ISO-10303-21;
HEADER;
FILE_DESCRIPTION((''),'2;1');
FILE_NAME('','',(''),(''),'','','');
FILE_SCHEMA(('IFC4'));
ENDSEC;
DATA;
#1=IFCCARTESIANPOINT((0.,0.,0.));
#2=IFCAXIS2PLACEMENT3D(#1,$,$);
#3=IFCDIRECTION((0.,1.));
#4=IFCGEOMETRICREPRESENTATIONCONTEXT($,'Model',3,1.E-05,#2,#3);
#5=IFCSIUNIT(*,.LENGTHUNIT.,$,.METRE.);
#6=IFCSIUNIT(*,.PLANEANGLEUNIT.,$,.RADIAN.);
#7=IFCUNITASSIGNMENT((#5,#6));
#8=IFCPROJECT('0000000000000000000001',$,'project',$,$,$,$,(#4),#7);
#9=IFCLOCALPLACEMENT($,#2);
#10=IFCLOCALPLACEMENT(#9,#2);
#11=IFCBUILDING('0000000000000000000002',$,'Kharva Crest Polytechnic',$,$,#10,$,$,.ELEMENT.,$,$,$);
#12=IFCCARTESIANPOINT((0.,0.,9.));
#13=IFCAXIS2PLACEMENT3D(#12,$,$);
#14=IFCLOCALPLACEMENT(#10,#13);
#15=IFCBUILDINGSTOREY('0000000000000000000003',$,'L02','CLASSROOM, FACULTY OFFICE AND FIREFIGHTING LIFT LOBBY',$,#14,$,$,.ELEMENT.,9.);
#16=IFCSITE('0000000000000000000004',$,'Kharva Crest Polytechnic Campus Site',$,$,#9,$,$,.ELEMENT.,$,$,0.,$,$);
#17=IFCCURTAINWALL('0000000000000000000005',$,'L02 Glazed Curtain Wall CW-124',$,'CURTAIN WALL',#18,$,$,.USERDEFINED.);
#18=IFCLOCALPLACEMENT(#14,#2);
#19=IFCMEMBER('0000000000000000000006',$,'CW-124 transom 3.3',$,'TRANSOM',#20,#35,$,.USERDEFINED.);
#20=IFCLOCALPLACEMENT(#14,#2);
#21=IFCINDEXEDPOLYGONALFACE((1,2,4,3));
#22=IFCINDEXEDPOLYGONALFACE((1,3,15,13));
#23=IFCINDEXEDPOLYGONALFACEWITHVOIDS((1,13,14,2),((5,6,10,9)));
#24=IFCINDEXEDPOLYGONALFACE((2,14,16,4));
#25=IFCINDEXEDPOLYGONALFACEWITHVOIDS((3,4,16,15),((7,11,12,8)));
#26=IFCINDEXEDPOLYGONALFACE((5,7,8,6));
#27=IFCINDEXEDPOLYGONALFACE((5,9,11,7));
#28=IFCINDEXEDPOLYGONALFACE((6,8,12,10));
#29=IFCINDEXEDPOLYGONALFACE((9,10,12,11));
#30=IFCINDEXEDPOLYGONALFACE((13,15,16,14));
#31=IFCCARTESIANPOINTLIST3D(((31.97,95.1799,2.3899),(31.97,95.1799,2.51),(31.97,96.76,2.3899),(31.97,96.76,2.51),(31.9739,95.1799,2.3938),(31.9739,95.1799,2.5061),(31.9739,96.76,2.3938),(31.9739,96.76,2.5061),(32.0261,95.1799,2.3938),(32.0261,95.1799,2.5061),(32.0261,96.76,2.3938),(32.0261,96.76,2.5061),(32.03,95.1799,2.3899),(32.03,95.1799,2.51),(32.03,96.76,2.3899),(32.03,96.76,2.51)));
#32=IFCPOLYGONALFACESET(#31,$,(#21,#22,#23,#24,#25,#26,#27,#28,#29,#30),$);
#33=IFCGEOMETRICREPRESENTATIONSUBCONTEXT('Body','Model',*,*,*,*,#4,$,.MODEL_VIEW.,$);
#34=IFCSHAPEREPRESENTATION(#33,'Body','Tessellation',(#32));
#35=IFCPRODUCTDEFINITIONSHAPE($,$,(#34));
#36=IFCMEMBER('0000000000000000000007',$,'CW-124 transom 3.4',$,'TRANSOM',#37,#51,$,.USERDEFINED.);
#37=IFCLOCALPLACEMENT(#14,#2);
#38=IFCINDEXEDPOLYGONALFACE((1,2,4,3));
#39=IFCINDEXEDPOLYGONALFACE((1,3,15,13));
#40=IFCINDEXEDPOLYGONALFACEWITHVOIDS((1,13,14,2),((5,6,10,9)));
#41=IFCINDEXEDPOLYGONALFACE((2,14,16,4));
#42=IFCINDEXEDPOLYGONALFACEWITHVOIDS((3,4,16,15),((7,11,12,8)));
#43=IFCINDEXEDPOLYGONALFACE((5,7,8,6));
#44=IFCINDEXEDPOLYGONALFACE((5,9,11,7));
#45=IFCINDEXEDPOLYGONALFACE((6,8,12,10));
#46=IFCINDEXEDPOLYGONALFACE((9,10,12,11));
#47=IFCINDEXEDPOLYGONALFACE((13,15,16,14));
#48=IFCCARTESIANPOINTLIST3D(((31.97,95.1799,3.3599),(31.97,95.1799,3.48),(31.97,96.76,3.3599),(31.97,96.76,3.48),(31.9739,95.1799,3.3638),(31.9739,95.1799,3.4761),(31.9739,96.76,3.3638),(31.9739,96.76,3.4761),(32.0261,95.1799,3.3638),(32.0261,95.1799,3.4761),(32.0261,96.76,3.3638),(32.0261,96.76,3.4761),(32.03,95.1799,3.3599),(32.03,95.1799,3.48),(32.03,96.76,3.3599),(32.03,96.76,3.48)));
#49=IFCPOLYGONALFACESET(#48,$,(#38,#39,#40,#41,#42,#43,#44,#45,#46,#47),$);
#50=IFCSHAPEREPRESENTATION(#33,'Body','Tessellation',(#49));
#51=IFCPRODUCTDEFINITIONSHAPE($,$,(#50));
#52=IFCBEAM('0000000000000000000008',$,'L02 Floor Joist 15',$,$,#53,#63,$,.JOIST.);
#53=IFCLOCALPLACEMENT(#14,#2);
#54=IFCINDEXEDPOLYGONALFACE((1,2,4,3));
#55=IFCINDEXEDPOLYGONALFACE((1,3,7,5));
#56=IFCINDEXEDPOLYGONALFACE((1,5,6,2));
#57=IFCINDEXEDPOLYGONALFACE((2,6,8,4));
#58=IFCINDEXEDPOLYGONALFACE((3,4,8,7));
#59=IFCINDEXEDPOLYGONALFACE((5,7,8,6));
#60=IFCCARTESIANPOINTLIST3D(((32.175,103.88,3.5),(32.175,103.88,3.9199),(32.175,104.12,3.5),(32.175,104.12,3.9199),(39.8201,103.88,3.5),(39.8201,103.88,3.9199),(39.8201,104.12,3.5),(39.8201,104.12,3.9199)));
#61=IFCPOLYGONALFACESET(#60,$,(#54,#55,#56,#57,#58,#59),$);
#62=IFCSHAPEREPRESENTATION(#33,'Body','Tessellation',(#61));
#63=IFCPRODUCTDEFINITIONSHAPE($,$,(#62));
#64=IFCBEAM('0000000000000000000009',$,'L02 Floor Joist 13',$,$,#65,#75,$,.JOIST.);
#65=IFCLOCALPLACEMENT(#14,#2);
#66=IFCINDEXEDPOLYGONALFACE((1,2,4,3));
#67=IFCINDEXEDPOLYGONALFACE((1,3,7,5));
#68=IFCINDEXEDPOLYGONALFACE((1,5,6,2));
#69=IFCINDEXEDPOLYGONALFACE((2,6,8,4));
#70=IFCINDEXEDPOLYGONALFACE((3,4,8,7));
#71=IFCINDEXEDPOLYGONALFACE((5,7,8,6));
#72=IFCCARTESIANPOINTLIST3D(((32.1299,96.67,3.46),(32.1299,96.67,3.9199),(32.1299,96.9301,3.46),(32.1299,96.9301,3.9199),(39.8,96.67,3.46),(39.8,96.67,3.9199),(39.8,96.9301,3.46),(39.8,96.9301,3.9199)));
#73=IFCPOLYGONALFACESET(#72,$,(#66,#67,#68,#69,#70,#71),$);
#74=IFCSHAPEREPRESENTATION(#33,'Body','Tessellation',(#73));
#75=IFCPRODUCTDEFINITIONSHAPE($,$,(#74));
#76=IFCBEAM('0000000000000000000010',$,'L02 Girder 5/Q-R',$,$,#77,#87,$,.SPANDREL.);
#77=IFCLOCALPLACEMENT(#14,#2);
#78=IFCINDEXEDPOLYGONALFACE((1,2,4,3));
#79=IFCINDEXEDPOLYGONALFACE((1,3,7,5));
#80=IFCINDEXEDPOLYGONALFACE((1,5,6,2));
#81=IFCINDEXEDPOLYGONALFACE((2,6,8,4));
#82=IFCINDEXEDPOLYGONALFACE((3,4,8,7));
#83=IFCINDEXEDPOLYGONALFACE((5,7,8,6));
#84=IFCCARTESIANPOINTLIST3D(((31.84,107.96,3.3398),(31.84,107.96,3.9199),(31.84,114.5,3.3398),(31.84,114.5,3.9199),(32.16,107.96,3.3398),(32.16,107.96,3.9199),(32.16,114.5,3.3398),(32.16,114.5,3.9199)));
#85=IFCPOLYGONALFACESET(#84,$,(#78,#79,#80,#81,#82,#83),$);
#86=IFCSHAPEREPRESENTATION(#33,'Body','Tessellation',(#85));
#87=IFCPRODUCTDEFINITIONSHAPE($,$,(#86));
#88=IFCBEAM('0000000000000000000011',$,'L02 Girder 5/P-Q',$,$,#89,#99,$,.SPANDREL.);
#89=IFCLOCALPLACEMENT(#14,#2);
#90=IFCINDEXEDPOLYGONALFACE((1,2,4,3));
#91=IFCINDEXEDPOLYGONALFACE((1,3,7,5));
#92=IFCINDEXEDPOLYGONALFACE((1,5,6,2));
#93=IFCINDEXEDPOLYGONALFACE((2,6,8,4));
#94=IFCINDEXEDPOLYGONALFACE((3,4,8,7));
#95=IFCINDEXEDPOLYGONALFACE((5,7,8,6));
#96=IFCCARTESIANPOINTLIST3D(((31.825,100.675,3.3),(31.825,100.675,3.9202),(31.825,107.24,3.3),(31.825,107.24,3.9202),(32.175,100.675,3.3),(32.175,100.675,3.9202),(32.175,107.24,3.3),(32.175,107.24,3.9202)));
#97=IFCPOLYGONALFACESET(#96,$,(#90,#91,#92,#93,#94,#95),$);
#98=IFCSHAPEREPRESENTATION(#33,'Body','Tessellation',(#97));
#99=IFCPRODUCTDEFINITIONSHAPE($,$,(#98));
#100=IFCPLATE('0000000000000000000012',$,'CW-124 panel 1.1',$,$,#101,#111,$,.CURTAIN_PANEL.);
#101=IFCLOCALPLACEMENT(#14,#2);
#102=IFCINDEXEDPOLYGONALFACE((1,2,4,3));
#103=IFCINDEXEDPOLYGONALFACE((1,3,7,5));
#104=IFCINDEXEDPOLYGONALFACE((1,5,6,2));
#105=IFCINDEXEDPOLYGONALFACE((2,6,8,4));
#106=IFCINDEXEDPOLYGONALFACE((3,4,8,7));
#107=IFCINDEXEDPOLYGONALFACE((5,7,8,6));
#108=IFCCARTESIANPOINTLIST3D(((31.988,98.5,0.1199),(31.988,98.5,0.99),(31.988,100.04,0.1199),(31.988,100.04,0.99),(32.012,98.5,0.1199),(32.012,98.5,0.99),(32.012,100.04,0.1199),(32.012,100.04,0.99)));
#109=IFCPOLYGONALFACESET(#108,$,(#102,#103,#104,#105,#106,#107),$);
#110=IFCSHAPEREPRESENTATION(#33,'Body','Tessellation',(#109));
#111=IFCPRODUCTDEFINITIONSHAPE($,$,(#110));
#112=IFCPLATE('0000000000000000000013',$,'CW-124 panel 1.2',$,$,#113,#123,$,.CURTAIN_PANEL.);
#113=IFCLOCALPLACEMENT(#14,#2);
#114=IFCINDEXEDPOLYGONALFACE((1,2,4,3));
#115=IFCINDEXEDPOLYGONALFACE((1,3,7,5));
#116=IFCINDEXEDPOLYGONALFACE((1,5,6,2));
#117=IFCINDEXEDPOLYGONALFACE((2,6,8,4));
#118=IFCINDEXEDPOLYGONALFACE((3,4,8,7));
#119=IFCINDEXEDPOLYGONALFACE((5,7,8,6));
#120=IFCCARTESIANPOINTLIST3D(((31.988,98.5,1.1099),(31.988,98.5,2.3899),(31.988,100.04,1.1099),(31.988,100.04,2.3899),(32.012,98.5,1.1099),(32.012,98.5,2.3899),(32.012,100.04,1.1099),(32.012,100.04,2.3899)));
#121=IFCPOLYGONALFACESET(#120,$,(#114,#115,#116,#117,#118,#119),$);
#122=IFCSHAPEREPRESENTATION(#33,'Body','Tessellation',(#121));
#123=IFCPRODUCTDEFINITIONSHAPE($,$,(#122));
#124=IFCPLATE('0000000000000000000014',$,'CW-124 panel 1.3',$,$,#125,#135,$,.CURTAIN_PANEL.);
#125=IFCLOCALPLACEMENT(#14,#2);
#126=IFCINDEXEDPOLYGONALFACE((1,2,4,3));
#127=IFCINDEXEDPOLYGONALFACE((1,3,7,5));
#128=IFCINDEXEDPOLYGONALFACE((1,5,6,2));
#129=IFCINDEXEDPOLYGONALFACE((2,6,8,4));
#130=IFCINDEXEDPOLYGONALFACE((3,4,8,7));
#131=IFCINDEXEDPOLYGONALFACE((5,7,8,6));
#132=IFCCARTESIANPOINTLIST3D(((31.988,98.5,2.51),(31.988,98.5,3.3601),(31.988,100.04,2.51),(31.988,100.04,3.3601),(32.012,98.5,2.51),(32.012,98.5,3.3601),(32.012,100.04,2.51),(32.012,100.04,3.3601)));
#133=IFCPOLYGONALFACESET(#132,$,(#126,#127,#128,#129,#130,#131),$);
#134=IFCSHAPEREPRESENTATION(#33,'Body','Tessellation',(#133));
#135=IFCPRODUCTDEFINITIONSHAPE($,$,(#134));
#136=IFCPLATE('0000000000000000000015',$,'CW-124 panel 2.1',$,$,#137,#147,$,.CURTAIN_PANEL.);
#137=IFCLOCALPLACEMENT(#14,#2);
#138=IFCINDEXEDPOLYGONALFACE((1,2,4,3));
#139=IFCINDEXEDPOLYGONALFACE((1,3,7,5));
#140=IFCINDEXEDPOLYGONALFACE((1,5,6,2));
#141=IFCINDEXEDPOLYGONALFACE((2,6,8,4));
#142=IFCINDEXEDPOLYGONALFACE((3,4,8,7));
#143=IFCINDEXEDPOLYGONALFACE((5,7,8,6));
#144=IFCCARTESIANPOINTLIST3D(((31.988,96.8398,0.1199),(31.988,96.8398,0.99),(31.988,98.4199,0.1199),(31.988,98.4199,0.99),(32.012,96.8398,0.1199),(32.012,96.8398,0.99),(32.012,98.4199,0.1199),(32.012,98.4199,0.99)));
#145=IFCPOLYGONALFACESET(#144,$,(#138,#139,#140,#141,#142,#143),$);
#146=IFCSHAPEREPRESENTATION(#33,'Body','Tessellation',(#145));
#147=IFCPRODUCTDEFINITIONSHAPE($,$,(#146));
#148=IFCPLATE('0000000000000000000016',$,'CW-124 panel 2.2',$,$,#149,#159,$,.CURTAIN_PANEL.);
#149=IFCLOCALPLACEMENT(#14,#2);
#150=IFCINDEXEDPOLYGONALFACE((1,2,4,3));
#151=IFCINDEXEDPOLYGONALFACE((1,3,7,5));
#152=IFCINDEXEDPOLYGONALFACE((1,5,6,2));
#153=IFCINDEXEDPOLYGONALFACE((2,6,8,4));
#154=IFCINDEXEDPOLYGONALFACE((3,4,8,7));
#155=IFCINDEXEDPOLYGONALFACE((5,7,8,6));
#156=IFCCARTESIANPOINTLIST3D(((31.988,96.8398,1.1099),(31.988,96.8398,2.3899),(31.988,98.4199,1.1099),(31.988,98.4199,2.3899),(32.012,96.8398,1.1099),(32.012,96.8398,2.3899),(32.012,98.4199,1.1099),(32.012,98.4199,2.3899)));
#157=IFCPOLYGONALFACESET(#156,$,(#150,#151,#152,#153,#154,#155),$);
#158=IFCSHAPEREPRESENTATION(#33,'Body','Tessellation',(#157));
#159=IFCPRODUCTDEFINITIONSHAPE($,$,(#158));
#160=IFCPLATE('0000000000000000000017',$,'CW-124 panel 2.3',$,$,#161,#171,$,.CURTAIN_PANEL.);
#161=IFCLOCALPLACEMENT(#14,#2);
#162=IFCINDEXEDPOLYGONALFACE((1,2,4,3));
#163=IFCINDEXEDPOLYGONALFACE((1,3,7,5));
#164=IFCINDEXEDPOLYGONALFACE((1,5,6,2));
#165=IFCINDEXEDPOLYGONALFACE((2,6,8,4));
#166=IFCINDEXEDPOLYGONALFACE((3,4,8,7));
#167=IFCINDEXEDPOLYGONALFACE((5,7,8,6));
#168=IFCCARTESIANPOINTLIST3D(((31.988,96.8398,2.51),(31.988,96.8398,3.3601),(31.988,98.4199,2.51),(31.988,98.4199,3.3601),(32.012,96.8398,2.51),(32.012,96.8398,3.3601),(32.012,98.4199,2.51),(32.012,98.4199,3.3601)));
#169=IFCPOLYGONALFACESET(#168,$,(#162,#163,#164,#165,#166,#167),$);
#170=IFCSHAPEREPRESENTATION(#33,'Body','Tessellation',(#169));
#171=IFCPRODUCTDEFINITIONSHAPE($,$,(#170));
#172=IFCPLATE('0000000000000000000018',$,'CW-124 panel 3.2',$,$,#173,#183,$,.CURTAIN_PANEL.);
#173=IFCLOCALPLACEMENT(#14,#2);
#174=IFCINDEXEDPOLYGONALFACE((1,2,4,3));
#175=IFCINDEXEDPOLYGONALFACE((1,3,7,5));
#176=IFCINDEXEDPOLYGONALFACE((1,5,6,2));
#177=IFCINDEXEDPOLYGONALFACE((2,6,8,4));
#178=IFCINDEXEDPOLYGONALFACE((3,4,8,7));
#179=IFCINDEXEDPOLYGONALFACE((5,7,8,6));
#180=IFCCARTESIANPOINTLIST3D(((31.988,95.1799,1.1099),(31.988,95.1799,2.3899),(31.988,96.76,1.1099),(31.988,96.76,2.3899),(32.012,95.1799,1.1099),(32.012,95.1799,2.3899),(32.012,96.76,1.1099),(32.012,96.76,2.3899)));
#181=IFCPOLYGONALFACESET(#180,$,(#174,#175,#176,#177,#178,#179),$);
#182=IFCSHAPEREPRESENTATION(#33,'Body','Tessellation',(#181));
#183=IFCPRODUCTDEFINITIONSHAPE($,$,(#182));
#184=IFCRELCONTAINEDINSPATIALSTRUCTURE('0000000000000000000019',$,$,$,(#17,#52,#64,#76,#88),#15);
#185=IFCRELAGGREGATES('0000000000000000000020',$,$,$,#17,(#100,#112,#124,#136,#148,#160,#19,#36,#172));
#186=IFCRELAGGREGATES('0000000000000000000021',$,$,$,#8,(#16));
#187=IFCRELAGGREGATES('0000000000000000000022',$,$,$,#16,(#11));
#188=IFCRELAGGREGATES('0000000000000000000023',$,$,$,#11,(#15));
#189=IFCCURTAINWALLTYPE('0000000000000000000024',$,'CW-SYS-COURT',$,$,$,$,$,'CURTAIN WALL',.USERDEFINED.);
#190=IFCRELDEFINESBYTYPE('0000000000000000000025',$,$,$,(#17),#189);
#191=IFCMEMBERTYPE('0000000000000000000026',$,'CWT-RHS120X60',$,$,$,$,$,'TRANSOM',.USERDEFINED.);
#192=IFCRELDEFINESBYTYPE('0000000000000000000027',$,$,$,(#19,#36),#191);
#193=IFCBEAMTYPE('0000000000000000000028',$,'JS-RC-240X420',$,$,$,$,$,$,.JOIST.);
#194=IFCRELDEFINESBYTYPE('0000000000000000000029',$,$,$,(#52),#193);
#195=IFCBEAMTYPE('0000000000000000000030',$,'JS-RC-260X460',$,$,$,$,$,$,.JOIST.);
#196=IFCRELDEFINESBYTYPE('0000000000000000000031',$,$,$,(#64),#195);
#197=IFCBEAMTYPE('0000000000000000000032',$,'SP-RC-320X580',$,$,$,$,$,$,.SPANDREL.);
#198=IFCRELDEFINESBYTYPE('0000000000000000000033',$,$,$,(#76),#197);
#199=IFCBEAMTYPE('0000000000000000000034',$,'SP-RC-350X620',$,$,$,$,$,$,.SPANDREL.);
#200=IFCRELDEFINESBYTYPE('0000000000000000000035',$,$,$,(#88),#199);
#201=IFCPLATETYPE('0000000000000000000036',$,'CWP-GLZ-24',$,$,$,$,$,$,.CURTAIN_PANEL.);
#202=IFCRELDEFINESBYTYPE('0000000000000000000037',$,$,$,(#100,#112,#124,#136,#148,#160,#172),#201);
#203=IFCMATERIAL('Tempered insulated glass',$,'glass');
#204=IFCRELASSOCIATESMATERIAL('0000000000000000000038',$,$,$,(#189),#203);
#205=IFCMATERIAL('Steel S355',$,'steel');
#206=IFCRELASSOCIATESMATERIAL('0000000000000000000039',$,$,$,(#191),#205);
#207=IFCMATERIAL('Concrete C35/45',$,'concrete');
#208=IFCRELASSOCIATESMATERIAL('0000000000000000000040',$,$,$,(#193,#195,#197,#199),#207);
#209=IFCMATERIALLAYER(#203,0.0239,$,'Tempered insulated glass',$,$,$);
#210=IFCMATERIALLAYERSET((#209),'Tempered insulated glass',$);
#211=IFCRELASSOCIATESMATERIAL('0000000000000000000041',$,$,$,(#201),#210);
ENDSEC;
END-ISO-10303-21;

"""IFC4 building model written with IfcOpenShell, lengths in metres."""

from ifc_helpers import new_model, si_unit, direction, frame, origin, origin_2d, place, context, subcontext, project, spatial, rectangle, hollow_rectangle, extrude, material, layer, layer_set, material_profile, profile_set, type_object, element, aggregate, save


model = new_model("IFC4")

# Units and contexts
model_context = context("Model", 3, precision=1e-05, world=origin(), true_north=direction((0.0, 1.0)))
body_context = subcontext(model_context, "Body", "Model", "MODEL_VIEW")
ifc_project = project(units=[si_unit("LENGTHUNIT", "METRE"), si_unit("PLANEANGLEUNIT", "RADIAN")], contexts=[model_context])

# Site, building, storey
site_placement = place(None, origin())
site = spatial("IfcSite", under=ifc_project, at=site_placement, Name="Kharva Crest Polytechnic Campus Site", CompositionType="ELEMENT", RefElevation=0.0)
building_placement = place(site_placement, origin())
building = spatial("IfcBuilding", under=site, at=building_placement, Name="Kharva Crest Polytechnic", CompositionType="ELEMENT")
storey_placement = place(building_placement, frame((0.0, 0.0, 9.0)))
storey = spatial("IfcBuildingStorey", under=building, at=storey_placement, Name="L02", Description="CLASSROOM, FACULTY OFFICE AND FIREFIGHTING LIFT LOBBY", CompositionType="ELEMENT", Elevation=9.0)

# Shared definitions
ifc_material_1 = material(Name="Concrete C35/45", Category="concrete")
ifc_material_2 = material(Name="Steel S355", Category="steel")

# Curtain wall
ifc_material_3 = material(Name="Tempered insulated glass", Category="glass")
curtain_wall_type_1 = type_object("IfcCurtainWallType", Name="CW-SYS-COURT", ElementType="CURTAIN WALL", PredefinedType="USERDEFINED", material=ifc_material_3)
curtain_wall_1_placement = place(storey_placement, origin())
curtain_wall_1 = element("IfcCurtainWall", 1, at=curtain_wall_1_placement, inside=storey, type_object=curtain_wall_type_1, Name="L02 Glazed Curtain Wall CW-124", ObjectType="CURTAIN WALL", PredefinedType="USERDEFINED")

# Members
ifc_material_profile_1 = material_profile(ifc_material_2, hollow_rectangle(XDim=0.0601, YDim=0.1201, WallThickness=0.0039, at=origin_2d()), Name="RHS 120X60X4.0")
ifc_profile_set_1 = profile_set([ifc_material_profile_1], Name="Steel S355")
member_type_1 = type_object("IfcMemberType", Name="CWT-RHS120X60", ElementType="TRANSOM", PredefinedType="USERDEFINED", material=ifc_profile_set_1)
member_1_placement = place(storey_placement, frame((32.0, 96.76, 2.45), z_axis=(0.0, -1.0, 0.0), x_axis=(1.0, 0.0, 0.0)))
member_1 = element("IfcMember", 2, at=member_1_placement, type_object=member_type_1, Name="CW-124 transom 3.3", ObjectType="TRANSOM", PredefinedType="USERDEFINED", context=body_context, shape_type="SweptSolid", body=[
    extrude(hollow_rectangle(XDim=0.0601, YDim=0.1201, WallThickness=0.0039, at=origin_2d()), origin(), (0.0, 0.0, 1.0), 1.5801),
])
member_2_placement = place(storey_placement, frame((32.0, 96.76, 3.4199), z_axis=(0.0, -1.0, 0.0), x_axis=(1.0, 0.0, 0.0)))
member_2 = element("IfcMember", 3, at=member_2_placement, type_object=member_type_1, Name="CW-124 transom 3.4", ObjectType="TRANSOM", PredefinedType="USERDEFINED", context=body_context, shape_type="SweptSolid", body=[
    extrude(hollow_rectangle(XDim=0.0601, YDim=0.1201, WallThickness=0.0039, at=origin_2d()), origin(), (0.0, 0.0, 1.0), 1.5801),
])

# Beams
ifc_material_profile_2 = material_profile(ifc_material_1, rectangle(XDim=0.24, YDim=0.4199, at=origin_2d()), Name="RECT 240 X 420")
ifc_profile_set_2 = profile_set([ifc_material_profile_2], Name="Concrete C35/45")
beam_type_1 = type_object("IfcBeamType", Name="JS-RC-240X420", PredefinedType="JOIST", material=ifc_profile_set_2)
beam_1_placement = place(storey_placement, frame((32.175, 104.0, 3.71), z_axis=(1.0, 0.0, 0.0), x_axis=(0.0, 1.0, 0.0)))
element("IfcBeam", 4, at=beam_1_placement, inside=storey, type_object=beam_type_1, Name="L02 Floor Joist 15", PredefinedType="JOIST", context=body_context, shape_type="SweptSolid", body=[
    extrude(rectangle(XDim=0.24, YDim=0.4199, at=origin_2d()), origin(), (0.0, 0.0, 1.0), 7.645),
])
ifc_material_profile_3 = material_profile(ifc_material_1, rectangle(XDim=0.26, YDim=0.46, at=origin_2d()), Name="RECT 260 X 460")
ifc_profile_set_3 = profile_set([ifc_material_profile_3], Name="Concrete C35/45")
beam_type_2 = type_object("IfcBeamType", Name="JS-RC-260X460", PredefinedType="JOIST", material=ifc_profile_set_3)
beam_2_placement = place(storey_placement, frame((32.1299, 96.8, 3.6899), z_axis=(1.0, 0.0, 0.0), x_axis=(0.0, 1.0, 0.0)))
element("IfcBeam", 5, at=beam_2_placement, inside=storey, type_object=beam_type_2, Name="L02 Floor Joist 13", PredefinedType="JOIST", context=body_context, shape_type="SweptSolid", body=[
    extrude(rectangle(XDim=0.26, YDim=0.46, at=origin_2d()), origin(), (0.0, 0.0, 1.0), 7.6702),
])
ifc_material_profile_4 = material_profile(ifc_material_1, rectangle(XDim=0.3201, YDim=0.5801, at=origin_2d()), Name="RECT 320 X 580")
ifc_profile_set_4 = profile_set([ifc_material_profile_4], Name="Concrete C35/45")
beam_type_3 = type_object("IfcBeamType", Name="SP-RC-320X580", PredefinedType="SPANDREL", material=ifc_profile_set_4)
beam_3_placement = place(storey_placement, frame((32.0, 107.96, 3.6299), z_axis=(0.0, 1.0, 0.0), x_axis=(-1.0, 0.0, 0.0)))
element("IfcBeam", 6, at=beam_3_placement, inside=storey, type_object=beam_type_3, Name="L02 Girder 5/Q-R", PredefinedType="SPANDREL", context=body_context, shape_type="SweptSolid", body=[
    extrude(rectangle(XDim=0.3201, YDim=0.5801, at=origin_2d()), origin(), (0.0, 0.0, 1.0), 6.54),
])
ifc_material_profile_5 = material_profile(ifc_material_1, rectangle(XDim=0.3501, YDim=0.6201, at=origin_2d()), Name="RECT 350 X 620")
ifc_profile_set_5 = profile_set([ifc_material_profile_5], Name="Concrete C35/45")
beam_type_4 = type_object("IfcBeamType", Name="SP-RC-350X620", PredefinedType="SPANDREL", material=ifc_profile_set_5)
beam_4_placement = place(storey_placement, frame((32.0, 100.675, 3.6101), z_axis=(0.0, 1.0, 0.0), x_axis=(-1.0, 0.0, 0.0)))
element("IfcBeam", 7, at=beam_4_placement, inside=storey, type_object=beam_type_4, Name="L02 Girder 5/P-Q", PredefinedType="SPANDREL", context=body_context, shape_type="SweptSolid", body=[
    extrude(rectangle(XDim=0.3501, YDim=0.6201, at=origin_2d()), origin(), (0.0, 0.0, 1.0), 6.5649),
])

# Plates
ifc_layer_1 = layer(ifc_material_3, 0.0239, Name="Tempered insulated glass")
ifc_layer_set_1 = layer_set([ifc_layer_1], Name="Tempered insulated glass")
plate_type_1 = type_object("IfcPlateType", Name="CWP-GLZ-24", PredefinedType="CURTAIN_PANEL", material=ifc_layer_set_1)
plate_1_placement = place(storey_placement, frame((32.0, 99.27, 0.1199), z_axis=(0.0, 0.0, 1.0), x_axis=(0.0, -1.0, 0.0)))
plate_1 = element("IfcPlate", 8, at=plate_1_placement, type_object=plate_type_1, Name="CW-124 panel 1.1", PredefinedType="CURTAIN_PANEL", context=body_context, shape_type="SweptSolid", body=[
    extrude(rectangle(XDim=1.54, YDim=0.0239, at=origin_2d()), origin(), (0.0, 0.0, 1.0), 0.8701),
])
plate_2_placement = place(storey_placement, frame((32.0, 99.27, 1.1099), z_axis=(0.0, 0.0, 1.0), x_axis=(0.0, -1.0, 0.0)))
plate_2 = element("IfcPlate", 9, at=plate_2_placement, type_object=plate_type_1, Name="CW-124 panel 1.2", PredefinedType="CURTAIN_PANEL", context=body_context, shape_type="SweptSolid", body=[
    extrude(rectangle(XDim=1.54, YDim=0.0239, at=origin_2d()), origin(), (0.0, 0.0, 1.0), 1.28),
])
plate_3_placement = place(storey_placement, frame((32.0, 99.27, 2.51), z_axis=(0.0, 0.0, 1.0), x_axis=(0.0, -1.0, 0.0)))
plate_3 = element("IfcPlate", 10, at=plate_3_placement, type_object=plate_type_1, Name="CW-124 panel 1.3", PredefinedType="CURTAIN_PANEL", context=body_context, shape_type="SweptSolid", body=[
    extrude(rectangle(XDim=1.54, YDim=0.0239, at=origin_2d()), origin(), (0.0, 0.0, 1.0), 0.8501),
])
plate_4_placement = place(storey_placement, frame((32.0, 97.6299, 0.1199), z_axis=(0.0, 0.0, 1.0), x_axis=(0.0, -1.0, 0.0)))
plate_4 = element("IfcPlate", 11, at=plate_4_placement, type_object=plate_type_1, Name="CW-124 panel 2.1", PredefinedType="CURTAIN_PANEL", context=body_context, shape_type="SweptSolid", body=[
    extrude(rectangle(XDim=1.5801, YDim=0.0239, at=origin_2d()), origin(), (0.0, 0.0, 1.0), 0.8701),
])
plate_5_placement = place(storey_placement, frame((32.0, 97.6299, 1.1099), z_axis=(0.0, 0.0, 1.0), x_axis=(0.0, -1.0, 0.0)))
plate_5 = element("IfcPlate", 12, at=plate_5_placement, type_object=plate_type_1, Name="CW-124 panel 2.2", PredefinedType="CURTAIN_PANEL", context=body_context, shape_type="SweptSolid", body=[
    extrude(rectangle(XDim=1.5801, YDim=0.0239, at=origin_2d()), origin(), (0.0, 0.0, 1.0), 1.28),
])
plate_6_placement = place(storey_placement, frame((32.0, 97.6299, 2.51), z_axis=(0.0, 0.0, 1.0), x_axis=(0.0, -1.0, 0.0)))
plate_6 = element("IfcPlate", 13, at=plate_6_placement, type_object=plate_type_1, Name="CW-124 panel 2.3", PredefinedType="CURTAIN_PANEL", context=body_context, shape_type="SweptSolid", body=[
    extrude(rectangle(XDim=1.5801, YDim=0.0239, at=origin_2d()), origin(), (0.0, 0.0, 1.0), 0.8501),
])
plate_7_placement = place(storey_placement, frame((32.0, 95.97, 1.1099), z_axis=(0.0, 0.0, 1.0), x_axis=(0.0, -1.0, 0.0)))
plate_7 = element("IfcPlate", 14, at=plate_7_placement, type_object=plate_type_1, Name="CW-124 panel 3.2", PredefinedType="CURTAIN_PANEL", context=body_context, shape_type="SweptSolid", body=[
    extrude(rectangle(XDim=1.5801, YDim=0.0239, at=origin_2d()), origin(), (0.0, 0.0, 1.0), 1.28),
])
aggregate(curtain_wall_1, [plate_1, plate_2, plate_3, plate_4, plate_5, plate_6, member_1, member_2, plate_7])

save(model, "model.ifc")
